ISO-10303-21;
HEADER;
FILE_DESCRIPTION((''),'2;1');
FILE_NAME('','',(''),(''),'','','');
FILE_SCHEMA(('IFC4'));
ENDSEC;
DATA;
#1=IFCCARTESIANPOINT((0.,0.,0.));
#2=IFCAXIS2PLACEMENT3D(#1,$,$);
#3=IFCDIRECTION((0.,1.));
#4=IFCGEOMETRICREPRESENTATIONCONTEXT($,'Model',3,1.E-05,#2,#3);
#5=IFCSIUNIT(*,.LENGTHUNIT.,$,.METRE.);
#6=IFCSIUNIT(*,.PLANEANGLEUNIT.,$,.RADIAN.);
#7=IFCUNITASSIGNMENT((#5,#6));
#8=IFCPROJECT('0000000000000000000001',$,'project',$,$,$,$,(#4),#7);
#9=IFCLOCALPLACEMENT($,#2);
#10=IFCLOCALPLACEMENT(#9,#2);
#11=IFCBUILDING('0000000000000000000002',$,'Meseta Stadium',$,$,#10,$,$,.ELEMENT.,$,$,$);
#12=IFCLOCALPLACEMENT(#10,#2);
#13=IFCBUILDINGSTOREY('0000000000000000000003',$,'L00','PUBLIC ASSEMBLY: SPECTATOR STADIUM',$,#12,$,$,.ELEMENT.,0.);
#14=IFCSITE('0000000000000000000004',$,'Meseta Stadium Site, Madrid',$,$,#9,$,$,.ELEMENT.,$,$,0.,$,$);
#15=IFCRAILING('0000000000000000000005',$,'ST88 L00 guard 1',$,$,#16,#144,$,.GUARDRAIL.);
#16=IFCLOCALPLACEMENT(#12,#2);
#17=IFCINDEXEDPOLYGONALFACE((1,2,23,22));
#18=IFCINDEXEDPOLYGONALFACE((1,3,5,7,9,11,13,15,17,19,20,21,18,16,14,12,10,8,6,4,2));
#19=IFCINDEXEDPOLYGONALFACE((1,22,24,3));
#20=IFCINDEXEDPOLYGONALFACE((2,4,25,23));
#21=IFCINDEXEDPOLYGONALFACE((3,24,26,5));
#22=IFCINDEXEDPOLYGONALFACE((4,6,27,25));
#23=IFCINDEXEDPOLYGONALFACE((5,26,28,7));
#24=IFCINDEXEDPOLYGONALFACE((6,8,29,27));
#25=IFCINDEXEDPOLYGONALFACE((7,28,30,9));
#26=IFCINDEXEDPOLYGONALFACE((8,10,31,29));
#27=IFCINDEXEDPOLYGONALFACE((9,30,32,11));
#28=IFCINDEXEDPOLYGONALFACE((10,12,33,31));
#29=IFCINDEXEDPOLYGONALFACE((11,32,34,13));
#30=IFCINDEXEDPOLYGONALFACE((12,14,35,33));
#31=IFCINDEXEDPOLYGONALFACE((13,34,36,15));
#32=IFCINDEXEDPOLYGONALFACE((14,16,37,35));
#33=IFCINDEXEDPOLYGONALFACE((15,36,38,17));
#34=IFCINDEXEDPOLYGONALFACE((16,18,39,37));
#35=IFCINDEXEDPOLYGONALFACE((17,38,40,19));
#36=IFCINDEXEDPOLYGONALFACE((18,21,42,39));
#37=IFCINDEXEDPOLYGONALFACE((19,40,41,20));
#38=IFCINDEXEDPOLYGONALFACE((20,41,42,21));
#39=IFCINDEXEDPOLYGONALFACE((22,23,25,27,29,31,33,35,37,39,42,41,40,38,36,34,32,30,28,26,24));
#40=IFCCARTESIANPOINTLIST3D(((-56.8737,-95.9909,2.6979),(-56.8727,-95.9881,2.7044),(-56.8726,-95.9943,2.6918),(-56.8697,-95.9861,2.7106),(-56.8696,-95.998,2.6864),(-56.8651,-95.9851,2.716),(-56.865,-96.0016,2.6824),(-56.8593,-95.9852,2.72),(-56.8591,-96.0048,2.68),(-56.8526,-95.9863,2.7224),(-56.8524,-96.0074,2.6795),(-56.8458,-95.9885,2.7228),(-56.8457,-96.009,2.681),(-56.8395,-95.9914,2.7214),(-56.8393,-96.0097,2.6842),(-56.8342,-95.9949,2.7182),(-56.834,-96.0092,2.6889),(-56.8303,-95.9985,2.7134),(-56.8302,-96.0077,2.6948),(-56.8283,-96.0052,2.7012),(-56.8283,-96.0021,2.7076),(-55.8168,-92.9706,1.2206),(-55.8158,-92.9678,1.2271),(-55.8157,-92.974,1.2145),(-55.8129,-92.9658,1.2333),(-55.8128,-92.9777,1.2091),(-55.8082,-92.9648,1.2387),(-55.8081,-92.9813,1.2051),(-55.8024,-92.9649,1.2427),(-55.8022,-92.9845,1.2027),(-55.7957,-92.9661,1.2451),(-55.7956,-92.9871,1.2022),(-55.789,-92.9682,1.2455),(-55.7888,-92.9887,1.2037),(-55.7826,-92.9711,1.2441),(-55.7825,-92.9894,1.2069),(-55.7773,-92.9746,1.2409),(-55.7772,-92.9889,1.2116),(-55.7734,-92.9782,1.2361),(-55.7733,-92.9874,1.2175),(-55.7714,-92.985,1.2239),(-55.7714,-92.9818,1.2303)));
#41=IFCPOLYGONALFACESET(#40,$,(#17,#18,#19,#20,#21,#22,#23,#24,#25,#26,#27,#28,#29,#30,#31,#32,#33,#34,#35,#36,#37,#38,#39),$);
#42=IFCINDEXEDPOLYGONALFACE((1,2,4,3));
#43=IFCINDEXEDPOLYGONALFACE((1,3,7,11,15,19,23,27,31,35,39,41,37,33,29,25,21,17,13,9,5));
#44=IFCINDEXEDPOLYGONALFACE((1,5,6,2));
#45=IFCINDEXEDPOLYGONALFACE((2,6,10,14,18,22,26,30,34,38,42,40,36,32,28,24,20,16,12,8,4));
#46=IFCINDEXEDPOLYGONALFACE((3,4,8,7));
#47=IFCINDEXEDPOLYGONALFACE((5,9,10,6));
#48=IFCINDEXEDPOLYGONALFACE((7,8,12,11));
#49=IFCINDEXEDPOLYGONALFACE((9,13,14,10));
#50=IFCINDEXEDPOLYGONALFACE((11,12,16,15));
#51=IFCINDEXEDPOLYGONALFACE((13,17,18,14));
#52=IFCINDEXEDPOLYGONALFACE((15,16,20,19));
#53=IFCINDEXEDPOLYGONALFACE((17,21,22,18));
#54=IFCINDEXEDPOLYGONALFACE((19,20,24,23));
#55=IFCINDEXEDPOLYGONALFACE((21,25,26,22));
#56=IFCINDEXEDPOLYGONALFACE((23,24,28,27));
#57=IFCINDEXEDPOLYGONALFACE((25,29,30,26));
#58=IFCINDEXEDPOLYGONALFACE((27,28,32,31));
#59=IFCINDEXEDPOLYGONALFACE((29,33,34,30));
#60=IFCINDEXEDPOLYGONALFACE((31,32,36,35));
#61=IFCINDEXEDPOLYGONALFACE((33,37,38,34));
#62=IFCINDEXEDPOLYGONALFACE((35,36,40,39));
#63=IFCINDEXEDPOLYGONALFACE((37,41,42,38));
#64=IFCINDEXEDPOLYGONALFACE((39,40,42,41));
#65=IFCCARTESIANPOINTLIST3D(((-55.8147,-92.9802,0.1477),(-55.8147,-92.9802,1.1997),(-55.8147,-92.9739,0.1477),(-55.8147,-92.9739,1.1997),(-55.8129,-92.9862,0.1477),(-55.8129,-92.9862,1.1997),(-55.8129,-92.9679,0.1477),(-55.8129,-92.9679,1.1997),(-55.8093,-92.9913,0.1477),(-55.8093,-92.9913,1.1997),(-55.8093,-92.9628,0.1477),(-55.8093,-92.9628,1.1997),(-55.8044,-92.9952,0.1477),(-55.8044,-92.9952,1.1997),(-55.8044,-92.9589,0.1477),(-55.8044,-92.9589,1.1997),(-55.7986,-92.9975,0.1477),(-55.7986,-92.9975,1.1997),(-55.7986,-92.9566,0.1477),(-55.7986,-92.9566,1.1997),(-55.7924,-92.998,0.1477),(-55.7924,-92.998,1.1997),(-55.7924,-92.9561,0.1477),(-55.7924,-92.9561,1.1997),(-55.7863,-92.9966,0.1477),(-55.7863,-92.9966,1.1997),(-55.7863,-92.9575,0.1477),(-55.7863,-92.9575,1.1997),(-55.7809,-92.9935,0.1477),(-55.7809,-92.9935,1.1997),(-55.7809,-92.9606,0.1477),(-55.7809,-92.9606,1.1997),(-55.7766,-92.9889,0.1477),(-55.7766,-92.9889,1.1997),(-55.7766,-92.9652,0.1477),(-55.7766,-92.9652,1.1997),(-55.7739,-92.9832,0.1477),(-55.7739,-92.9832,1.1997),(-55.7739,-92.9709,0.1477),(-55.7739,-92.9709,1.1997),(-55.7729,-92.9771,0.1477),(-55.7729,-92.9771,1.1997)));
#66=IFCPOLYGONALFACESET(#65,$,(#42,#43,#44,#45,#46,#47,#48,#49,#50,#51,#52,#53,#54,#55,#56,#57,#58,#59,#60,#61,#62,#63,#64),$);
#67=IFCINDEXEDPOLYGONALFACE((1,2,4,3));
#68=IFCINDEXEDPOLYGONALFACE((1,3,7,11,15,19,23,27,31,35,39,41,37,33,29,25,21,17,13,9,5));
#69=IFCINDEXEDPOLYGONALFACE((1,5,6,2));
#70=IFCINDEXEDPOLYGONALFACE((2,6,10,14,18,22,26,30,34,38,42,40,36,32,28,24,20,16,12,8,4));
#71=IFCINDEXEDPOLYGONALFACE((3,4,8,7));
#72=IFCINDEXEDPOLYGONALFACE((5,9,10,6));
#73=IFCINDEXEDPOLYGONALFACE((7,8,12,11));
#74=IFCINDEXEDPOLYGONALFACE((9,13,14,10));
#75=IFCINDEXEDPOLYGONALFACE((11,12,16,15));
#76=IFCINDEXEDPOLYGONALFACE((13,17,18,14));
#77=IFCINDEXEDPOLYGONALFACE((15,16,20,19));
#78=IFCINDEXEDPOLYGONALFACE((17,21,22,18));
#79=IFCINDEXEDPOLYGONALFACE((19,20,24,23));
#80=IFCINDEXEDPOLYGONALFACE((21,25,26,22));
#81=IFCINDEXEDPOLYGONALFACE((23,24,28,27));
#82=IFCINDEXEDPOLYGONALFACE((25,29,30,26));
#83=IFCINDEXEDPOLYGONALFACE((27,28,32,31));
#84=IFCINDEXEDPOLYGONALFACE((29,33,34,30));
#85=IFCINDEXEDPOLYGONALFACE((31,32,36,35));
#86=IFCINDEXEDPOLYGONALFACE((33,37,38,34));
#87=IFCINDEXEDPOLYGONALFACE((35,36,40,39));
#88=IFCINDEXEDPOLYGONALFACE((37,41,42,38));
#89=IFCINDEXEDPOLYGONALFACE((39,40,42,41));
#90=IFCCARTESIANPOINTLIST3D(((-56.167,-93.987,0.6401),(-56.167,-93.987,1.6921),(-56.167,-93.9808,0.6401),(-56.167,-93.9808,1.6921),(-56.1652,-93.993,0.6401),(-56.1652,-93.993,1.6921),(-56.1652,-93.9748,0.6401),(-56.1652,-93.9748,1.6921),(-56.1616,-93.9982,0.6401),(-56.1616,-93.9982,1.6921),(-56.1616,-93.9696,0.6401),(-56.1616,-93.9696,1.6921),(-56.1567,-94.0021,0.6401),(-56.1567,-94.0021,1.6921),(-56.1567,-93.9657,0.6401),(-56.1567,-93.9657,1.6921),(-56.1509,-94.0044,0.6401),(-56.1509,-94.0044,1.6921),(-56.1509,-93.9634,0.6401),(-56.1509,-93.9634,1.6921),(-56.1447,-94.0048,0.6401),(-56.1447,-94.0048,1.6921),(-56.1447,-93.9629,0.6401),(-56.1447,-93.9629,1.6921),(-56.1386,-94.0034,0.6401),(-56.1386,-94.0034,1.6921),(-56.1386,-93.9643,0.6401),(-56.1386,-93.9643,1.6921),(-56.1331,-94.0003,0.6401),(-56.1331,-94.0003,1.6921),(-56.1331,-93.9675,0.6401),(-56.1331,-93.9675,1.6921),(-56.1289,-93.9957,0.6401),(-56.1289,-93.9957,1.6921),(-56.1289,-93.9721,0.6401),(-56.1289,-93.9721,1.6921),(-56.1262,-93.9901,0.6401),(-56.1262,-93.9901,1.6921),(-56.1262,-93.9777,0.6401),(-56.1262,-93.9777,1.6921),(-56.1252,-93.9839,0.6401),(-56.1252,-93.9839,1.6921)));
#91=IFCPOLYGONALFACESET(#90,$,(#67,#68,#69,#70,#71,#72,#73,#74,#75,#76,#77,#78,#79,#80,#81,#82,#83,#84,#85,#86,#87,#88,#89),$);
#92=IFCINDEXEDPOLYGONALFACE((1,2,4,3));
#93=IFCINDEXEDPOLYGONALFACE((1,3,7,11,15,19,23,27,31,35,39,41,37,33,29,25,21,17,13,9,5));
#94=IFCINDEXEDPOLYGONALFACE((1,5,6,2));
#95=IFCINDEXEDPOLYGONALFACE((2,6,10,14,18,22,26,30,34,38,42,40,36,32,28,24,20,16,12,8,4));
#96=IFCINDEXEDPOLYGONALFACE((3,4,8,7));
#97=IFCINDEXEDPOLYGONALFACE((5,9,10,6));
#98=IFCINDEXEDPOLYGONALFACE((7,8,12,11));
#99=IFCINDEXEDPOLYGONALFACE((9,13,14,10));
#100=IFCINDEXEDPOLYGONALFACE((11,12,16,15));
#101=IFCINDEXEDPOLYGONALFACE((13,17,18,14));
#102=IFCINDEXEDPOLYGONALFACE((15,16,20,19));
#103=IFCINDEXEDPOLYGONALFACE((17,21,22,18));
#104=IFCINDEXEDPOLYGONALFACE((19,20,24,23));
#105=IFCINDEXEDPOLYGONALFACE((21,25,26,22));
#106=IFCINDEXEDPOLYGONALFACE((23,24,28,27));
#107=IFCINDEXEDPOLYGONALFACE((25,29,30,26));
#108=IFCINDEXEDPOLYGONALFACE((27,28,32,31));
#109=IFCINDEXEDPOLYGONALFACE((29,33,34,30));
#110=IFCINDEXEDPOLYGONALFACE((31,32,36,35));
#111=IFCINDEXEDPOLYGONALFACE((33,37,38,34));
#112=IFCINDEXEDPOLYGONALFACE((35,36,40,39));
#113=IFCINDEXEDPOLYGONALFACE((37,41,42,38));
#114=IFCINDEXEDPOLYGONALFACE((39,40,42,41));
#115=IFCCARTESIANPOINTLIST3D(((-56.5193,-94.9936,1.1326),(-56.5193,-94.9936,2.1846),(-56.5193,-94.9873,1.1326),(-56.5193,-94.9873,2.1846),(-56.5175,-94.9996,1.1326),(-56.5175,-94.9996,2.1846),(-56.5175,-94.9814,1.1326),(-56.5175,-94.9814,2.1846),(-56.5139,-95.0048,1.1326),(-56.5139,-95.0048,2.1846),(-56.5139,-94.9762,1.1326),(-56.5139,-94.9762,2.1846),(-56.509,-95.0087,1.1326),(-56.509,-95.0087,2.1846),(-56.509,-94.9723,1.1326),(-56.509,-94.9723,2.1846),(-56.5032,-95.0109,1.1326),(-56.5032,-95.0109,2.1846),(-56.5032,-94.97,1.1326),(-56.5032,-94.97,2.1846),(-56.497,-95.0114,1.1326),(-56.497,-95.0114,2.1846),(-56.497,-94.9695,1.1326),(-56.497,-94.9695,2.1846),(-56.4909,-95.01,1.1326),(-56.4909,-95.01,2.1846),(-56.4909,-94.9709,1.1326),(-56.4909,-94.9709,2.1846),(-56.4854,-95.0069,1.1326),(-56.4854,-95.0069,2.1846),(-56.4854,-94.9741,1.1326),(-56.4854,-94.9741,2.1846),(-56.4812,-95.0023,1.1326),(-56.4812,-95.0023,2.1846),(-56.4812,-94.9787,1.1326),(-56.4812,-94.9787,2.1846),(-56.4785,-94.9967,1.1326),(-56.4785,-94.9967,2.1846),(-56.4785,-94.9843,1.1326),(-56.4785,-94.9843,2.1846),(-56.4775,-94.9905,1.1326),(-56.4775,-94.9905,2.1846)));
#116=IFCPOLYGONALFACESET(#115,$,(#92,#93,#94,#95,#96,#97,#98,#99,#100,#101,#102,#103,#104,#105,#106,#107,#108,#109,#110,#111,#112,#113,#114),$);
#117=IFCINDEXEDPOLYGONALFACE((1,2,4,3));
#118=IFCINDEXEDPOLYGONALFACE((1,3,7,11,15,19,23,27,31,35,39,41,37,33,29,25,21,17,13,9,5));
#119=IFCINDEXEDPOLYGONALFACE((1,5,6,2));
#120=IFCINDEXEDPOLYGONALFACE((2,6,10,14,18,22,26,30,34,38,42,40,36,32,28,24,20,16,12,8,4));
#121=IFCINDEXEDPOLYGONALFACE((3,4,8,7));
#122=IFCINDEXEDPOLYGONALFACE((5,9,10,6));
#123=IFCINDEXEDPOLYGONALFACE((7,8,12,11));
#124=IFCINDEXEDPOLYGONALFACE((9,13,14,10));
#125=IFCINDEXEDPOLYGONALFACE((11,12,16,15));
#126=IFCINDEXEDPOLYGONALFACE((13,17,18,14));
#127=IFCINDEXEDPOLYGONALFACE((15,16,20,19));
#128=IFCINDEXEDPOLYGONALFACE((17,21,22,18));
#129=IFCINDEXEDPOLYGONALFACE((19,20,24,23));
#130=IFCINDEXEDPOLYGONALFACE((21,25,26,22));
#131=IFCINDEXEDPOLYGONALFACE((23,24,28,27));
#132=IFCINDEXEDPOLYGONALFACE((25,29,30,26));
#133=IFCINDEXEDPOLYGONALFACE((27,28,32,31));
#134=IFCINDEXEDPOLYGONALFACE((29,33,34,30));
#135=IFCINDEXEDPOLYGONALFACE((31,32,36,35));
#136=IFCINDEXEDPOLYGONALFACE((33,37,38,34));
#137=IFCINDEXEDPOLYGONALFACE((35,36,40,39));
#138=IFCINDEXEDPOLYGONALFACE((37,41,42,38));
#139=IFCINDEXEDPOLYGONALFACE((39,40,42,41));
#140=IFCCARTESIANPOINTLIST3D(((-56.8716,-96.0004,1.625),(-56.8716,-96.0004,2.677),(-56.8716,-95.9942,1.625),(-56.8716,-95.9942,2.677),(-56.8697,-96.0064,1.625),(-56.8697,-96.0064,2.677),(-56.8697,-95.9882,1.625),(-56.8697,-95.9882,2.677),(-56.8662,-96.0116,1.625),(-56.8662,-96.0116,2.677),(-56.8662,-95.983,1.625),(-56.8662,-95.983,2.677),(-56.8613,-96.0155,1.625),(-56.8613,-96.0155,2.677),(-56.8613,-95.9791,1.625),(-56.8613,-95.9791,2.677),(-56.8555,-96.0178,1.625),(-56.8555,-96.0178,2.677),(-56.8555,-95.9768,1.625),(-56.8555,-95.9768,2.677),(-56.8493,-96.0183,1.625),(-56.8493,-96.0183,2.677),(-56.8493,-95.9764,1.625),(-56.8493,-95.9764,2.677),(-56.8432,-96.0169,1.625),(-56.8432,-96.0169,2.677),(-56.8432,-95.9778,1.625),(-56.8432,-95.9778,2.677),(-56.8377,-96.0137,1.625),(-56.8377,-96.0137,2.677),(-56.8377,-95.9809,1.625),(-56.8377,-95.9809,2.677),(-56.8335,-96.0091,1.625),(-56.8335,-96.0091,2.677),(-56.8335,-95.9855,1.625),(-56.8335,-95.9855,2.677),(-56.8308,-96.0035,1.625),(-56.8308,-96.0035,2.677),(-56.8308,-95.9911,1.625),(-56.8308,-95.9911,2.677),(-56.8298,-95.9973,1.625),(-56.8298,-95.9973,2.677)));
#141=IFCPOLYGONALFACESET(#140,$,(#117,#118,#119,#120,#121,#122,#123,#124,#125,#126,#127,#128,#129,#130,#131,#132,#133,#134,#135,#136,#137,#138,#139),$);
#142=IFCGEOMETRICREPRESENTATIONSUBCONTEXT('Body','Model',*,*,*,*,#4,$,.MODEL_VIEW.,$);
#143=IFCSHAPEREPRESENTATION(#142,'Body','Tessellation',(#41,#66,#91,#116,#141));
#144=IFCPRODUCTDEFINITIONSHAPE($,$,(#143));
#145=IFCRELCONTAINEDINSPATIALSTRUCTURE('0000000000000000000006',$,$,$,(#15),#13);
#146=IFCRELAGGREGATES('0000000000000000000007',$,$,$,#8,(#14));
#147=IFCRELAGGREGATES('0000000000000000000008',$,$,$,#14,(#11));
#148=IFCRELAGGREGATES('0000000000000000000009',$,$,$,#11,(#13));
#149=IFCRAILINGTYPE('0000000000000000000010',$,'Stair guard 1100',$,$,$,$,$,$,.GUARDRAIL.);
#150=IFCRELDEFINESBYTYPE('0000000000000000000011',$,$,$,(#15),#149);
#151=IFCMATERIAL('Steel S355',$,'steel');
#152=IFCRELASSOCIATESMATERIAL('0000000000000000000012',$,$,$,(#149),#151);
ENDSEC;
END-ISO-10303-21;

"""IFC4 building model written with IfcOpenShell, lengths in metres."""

from ifc_helpers import new_model, si_unit, direction, frame, origin, origin_2d, place, context, subcontext, project, spatial, circle, extrude, material, type_object, element, save


model = new_model("IFC4")

# Units and contexts
model_context = context("Model", 3, precision=1e-05, world=origin(), true_north=direction((0.0, 1.0)))
body_context = subcontext(model_context, "Body", "Model", "MODEL_VIEW")
ifc_project = project(units=[si_unit("LENGTHUNIT", "METRE"), si_unit("PLANEANGLEUNIT", "RADIAN")], contexts=[model_context])

# Site, building, storey
site_placement = place(None, origin())
site = spatial("IfcSite", under=ifc_project, at=site_placement, Name="Meseta Stadium Site, Madrid", CompositionType="ELEMENT", RefElevation=0.0)
building_placement = place(site_placement, origin())
building = spatial("IfcBuilding", under=site, at=building_placement, Name="Meseta Stadium", CompositionType="ELEMENT")
storey_placement = place(building_placement, origin())
storey = spatial("IfcBuildingStorey", under=building, at=storey_placement, Name="L00", Description="PUBLIC ASSEMBLY: SPECTATOR STADIUM", CompositionType="ELEMENT", Elevation=0.0)

# Railing
ifc_material_1 = material(Name="Steel S355", Category="steel")
railing_type_1 = type_object("IfcRailingType", Name="Stair guard 1100", PredefinedType="GUARDRAIL", material=ifc_material_1)
railing_1_placement = place(storey_placement, frame((-55.7939, -92.9771, 0.1477)))
element("IfcRailing", 1, at=railing_1_placement, inside=storey, type_object=railing_type_1, Name="ST88 L00 guard 1", PredefinedType="GUARDRAIL", context=body_context, shape_type="SweptSolid", body=[
    extrude(circle(Radius=0.0239, at=origin_2d()), frame((0.0, 0.0, 1.0762), z_axis=(-0.299876, -0.856958, 0.419162), x_axis=(0.943879, -0.330293, 0.0)), (0.0, 0.0, 1.0), 3.5244),
    extrude(circle(Radius=0.021, at=origin_2d()), origin(), (0.0, 0.0, 1.0), 1.052),
    extrude(circle(Radius=0.021, at=origin_2d()), frame((-0.3523, -1.0068, 0.4924)), (0.0, 0.0, 1.0), 1.052),
    extrude(circle(Radius=0.021, at=origin_2d()), frame((-0.7046, -2.0134, 0.9849)), (0.0, 0.0, 1.0), 1.052),
    extrude(circle(Radius=0.021, at=origin_2d()), frame((-1.0569, -3.0203, 1.4773)), (0.0, 0.0, 1.0), 1.052),
])

save(model, "model.ifc")
